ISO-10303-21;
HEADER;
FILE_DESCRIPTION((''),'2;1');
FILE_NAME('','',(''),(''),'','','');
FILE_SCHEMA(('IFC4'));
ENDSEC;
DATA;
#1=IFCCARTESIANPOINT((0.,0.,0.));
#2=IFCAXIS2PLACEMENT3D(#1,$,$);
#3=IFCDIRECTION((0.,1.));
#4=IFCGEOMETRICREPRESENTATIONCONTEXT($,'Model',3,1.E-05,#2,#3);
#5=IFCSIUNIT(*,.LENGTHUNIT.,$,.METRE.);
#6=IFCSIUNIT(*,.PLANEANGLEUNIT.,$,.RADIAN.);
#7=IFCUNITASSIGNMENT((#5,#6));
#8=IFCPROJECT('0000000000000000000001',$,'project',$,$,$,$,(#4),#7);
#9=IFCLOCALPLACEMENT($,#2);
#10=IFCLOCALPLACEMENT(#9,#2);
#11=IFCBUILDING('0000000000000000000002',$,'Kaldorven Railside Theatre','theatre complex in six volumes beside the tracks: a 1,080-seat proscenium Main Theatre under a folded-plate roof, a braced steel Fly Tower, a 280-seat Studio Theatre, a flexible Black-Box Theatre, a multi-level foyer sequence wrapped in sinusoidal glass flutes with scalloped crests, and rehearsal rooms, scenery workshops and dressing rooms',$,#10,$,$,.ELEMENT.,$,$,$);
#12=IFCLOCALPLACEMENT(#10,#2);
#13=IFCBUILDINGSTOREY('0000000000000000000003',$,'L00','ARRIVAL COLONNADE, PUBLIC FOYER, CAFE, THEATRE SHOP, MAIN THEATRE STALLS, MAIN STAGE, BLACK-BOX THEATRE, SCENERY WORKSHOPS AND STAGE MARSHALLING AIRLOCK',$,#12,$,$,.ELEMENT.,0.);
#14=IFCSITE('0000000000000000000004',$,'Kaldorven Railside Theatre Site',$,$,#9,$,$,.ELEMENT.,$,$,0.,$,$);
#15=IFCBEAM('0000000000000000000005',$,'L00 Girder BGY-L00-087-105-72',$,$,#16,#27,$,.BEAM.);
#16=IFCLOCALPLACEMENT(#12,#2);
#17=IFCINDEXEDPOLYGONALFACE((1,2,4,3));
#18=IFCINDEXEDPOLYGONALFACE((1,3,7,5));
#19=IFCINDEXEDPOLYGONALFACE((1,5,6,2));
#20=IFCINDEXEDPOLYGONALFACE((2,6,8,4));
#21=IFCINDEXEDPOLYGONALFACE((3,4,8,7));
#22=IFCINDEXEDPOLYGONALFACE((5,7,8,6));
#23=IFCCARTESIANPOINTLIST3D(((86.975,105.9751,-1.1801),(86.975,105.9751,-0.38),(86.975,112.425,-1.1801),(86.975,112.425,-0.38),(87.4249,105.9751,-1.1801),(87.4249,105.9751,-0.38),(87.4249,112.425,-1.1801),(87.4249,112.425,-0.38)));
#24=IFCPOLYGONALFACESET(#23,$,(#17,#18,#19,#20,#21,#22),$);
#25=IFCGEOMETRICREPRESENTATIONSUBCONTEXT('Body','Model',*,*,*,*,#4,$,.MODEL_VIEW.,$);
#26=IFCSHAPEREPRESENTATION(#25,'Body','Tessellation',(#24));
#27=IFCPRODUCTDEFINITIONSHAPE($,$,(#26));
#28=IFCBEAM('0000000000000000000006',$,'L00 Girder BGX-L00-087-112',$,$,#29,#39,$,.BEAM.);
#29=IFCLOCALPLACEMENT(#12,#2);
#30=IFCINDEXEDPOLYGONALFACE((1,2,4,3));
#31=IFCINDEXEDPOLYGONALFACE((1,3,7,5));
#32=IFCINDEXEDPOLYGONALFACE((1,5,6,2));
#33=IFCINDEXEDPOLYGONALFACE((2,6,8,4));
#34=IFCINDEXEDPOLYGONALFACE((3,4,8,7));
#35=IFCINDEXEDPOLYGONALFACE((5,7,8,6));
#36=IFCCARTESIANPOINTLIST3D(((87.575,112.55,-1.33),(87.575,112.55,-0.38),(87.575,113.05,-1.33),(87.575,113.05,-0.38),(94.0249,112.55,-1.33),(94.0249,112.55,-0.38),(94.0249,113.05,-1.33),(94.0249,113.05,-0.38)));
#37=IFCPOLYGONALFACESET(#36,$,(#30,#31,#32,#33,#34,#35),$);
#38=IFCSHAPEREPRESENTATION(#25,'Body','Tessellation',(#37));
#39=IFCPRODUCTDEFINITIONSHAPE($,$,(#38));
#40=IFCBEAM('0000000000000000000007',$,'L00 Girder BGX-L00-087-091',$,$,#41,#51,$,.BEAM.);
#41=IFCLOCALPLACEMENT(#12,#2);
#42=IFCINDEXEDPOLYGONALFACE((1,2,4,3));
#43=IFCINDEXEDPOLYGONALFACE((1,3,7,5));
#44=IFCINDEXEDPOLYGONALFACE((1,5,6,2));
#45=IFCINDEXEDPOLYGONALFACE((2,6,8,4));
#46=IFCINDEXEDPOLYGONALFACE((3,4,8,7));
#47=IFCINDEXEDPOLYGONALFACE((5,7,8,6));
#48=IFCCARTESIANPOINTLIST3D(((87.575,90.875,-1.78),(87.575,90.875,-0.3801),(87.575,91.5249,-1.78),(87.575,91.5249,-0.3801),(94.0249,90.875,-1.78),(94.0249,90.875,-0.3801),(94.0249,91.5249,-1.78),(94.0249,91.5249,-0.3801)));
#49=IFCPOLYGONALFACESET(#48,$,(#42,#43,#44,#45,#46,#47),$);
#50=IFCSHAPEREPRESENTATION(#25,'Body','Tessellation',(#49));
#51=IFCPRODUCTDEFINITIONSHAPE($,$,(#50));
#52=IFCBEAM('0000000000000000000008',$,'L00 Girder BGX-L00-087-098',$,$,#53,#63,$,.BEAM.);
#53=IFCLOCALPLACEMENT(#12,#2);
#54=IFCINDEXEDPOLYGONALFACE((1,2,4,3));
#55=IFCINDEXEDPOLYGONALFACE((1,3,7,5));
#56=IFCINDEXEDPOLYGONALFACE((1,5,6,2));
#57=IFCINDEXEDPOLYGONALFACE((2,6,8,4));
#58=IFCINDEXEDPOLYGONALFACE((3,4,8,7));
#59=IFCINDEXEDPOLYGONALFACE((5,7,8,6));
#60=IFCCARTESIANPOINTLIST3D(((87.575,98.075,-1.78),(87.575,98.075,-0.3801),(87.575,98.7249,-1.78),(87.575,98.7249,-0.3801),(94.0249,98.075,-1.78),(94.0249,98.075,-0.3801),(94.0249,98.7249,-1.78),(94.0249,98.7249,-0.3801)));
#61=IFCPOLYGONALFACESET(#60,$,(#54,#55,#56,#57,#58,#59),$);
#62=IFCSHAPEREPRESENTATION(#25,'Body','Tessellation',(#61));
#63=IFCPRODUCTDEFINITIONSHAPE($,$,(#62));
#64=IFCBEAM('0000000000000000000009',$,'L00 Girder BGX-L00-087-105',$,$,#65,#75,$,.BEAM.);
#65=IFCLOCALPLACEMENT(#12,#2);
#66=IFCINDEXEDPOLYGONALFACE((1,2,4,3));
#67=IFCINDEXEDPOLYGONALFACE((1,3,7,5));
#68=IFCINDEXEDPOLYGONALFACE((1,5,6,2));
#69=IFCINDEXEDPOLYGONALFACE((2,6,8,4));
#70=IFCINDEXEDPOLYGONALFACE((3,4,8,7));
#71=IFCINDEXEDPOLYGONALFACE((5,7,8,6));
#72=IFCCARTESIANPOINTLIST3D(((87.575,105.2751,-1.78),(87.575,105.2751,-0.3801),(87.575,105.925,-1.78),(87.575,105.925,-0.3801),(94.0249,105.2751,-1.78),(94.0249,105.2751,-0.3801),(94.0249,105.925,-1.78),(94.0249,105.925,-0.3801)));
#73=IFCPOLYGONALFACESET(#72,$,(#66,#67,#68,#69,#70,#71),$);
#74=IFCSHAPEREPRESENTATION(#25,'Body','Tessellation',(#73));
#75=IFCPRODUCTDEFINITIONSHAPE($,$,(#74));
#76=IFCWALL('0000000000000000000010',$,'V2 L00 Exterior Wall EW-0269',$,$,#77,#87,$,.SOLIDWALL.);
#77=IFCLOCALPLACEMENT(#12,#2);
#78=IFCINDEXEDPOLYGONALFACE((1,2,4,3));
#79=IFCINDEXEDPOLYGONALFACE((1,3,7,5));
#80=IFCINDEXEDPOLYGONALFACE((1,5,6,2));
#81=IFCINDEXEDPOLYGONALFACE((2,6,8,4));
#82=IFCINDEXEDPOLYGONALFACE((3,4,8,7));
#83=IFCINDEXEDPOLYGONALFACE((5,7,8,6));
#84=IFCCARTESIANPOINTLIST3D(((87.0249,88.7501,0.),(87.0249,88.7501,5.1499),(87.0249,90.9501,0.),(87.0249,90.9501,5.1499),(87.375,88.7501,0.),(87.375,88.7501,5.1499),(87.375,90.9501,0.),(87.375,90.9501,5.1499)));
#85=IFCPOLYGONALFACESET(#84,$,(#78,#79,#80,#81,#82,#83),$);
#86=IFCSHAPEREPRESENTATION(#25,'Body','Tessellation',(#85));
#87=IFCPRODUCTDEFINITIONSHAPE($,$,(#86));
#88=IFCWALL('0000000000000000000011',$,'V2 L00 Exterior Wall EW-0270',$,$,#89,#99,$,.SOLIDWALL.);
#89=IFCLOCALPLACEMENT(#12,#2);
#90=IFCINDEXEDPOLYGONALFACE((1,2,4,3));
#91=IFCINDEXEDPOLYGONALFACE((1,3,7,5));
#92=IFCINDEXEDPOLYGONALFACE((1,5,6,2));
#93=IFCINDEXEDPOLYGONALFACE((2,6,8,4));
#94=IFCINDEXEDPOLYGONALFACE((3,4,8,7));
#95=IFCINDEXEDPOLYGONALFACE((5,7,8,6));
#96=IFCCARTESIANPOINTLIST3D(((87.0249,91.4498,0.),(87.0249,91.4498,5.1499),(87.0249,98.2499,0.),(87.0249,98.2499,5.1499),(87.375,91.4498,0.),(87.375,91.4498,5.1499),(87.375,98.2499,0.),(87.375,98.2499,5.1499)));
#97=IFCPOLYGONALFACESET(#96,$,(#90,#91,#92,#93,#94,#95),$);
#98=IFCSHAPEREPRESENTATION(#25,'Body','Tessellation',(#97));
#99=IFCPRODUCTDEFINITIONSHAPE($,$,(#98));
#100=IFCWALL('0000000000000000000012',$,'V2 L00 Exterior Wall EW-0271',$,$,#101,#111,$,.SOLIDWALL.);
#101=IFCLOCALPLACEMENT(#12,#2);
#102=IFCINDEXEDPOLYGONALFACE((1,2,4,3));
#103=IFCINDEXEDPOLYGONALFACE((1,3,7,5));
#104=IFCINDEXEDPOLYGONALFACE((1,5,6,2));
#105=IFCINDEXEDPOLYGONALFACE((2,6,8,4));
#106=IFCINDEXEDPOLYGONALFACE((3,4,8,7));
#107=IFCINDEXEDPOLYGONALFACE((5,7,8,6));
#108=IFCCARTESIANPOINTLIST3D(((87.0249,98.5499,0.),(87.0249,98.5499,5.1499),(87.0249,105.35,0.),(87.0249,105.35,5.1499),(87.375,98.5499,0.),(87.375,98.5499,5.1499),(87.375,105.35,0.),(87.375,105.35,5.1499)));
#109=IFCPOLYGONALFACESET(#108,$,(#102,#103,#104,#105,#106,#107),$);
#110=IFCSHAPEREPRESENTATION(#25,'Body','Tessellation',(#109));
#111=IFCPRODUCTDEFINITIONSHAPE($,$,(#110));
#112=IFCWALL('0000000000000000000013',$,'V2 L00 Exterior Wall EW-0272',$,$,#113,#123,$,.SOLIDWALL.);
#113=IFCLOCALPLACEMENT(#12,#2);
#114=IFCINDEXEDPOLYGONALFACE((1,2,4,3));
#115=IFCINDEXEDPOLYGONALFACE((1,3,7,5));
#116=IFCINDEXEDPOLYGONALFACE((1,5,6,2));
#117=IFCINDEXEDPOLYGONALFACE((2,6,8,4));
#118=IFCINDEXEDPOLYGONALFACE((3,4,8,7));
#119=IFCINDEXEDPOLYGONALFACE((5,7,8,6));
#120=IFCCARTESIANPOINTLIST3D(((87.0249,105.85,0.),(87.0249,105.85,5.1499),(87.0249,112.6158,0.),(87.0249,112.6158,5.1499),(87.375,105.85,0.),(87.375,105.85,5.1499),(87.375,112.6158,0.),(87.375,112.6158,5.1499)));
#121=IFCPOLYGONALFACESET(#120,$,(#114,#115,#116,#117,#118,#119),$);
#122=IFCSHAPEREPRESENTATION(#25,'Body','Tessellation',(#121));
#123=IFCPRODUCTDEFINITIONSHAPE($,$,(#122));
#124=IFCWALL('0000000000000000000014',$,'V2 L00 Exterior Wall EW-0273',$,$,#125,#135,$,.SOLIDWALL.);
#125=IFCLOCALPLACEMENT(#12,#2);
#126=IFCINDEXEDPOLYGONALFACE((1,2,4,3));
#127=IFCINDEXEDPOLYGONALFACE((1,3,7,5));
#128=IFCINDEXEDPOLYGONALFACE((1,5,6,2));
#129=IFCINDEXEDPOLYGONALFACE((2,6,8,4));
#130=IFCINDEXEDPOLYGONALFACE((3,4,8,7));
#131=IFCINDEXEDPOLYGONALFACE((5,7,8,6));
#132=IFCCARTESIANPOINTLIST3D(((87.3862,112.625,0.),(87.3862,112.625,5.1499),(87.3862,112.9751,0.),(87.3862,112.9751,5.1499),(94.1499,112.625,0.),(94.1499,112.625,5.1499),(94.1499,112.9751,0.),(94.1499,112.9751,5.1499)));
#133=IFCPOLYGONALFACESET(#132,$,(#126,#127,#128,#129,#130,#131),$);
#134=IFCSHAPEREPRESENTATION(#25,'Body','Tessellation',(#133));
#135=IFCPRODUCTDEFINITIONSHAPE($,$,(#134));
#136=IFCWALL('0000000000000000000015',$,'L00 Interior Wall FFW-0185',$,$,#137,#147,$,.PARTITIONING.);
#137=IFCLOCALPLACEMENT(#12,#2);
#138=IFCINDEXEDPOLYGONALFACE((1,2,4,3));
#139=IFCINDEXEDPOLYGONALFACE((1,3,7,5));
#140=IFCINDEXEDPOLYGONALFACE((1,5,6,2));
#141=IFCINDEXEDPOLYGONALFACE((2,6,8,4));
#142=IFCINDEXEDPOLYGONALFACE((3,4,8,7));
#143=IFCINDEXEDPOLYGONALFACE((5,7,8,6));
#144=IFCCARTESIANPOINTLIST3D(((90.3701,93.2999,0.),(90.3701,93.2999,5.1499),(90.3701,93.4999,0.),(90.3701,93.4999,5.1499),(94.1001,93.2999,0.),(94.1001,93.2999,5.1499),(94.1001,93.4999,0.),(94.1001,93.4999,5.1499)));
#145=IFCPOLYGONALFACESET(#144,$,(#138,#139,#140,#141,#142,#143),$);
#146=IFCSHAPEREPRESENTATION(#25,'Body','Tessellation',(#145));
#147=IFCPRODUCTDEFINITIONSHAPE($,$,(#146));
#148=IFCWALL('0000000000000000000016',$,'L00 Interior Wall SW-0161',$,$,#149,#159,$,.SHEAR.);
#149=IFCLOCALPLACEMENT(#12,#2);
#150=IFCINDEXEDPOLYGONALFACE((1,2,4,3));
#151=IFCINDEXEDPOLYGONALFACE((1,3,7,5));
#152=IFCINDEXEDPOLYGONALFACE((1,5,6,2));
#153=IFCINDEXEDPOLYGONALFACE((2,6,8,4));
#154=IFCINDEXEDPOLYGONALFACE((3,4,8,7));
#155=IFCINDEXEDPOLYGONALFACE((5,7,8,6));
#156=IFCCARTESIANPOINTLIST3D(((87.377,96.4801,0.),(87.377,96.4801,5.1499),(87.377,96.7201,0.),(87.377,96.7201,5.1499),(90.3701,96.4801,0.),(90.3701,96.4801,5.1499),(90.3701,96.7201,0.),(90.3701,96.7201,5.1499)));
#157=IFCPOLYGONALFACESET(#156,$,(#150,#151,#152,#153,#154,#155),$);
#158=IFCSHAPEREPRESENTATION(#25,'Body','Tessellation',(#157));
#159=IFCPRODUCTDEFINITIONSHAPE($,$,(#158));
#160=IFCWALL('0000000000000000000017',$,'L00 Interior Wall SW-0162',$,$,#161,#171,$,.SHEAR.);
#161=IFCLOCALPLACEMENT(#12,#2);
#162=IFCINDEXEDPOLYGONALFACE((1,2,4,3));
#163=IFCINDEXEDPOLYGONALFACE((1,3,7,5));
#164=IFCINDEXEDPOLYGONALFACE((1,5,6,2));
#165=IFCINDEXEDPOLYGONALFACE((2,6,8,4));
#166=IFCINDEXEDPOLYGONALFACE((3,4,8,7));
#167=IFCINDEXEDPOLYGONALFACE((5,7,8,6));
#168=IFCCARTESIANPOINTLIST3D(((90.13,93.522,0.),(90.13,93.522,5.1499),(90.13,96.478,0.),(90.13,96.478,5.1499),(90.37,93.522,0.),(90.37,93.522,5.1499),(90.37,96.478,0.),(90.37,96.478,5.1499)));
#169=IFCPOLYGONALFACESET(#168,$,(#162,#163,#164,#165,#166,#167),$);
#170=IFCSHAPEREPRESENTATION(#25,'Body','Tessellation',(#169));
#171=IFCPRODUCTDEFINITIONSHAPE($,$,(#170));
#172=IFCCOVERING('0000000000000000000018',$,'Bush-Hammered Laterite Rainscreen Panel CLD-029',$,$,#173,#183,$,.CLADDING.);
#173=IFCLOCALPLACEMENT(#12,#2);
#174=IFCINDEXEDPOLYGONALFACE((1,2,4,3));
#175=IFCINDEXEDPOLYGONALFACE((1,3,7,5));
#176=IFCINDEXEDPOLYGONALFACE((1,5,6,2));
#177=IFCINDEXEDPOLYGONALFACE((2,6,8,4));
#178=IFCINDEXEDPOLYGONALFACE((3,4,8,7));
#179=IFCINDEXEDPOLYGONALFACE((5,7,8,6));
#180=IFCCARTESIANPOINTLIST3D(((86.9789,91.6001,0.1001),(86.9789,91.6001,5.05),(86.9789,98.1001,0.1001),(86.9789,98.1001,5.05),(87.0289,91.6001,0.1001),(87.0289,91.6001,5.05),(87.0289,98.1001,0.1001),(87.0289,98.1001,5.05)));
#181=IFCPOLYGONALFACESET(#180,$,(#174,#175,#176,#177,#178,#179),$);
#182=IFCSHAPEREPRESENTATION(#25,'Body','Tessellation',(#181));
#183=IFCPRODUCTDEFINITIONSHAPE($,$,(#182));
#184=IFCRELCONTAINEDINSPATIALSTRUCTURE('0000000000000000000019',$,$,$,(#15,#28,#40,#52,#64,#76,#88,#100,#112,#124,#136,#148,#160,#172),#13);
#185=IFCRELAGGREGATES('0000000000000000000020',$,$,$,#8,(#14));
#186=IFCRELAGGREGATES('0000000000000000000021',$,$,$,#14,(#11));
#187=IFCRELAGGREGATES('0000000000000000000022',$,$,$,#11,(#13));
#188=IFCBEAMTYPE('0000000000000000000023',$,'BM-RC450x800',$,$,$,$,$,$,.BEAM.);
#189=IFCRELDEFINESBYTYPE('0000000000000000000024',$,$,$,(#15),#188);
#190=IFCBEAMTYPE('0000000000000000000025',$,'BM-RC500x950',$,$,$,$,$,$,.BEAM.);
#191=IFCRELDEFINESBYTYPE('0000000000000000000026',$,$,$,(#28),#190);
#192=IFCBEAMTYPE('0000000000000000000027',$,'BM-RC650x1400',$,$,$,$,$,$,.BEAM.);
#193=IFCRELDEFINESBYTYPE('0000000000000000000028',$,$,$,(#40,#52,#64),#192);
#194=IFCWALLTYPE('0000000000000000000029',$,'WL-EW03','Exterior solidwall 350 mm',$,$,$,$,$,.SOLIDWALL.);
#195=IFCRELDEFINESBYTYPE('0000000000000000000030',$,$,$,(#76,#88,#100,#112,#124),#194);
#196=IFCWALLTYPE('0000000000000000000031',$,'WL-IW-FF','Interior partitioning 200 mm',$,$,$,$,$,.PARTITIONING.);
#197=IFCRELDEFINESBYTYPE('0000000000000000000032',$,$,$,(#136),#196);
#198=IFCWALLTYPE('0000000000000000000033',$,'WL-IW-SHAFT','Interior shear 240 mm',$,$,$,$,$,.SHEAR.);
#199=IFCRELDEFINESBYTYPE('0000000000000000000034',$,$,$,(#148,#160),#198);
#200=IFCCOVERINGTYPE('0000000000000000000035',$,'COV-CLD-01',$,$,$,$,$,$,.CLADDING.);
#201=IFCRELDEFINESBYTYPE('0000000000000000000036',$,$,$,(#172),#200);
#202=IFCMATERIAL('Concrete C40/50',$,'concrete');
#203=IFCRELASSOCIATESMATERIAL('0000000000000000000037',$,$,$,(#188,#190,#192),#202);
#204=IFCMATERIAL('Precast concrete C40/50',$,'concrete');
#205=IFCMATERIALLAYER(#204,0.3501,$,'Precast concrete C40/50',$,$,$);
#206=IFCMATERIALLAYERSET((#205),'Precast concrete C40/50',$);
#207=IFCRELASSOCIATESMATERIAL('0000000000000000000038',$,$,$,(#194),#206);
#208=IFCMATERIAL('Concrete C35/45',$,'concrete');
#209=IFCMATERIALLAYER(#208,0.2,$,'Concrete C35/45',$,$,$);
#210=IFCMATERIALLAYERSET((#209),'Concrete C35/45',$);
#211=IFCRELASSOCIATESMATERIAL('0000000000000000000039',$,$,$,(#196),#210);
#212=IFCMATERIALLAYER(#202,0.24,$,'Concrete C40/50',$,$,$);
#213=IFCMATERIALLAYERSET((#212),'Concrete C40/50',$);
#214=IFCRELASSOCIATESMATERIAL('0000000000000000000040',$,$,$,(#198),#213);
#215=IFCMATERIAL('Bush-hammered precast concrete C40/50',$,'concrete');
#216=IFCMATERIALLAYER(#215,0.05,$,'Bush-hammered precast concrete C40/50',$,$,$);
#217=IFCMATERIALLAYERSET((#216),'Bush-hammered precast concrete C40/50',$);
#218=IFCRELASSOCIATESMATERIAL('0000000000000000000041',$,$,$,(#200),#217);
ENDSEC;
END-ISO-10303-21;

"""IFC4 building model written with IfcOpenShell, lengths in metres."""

from ifc_helpers import new_model, si_unit, direction, frame, frame_2d, origin, origin_2d, place, context, subcontext, project, spatial, rectangle, extrude, material, layer, layer_set, material_profile, profile_set, type_object, element, save


model = new_model("IFC4")

# Units and contexts
model_context = context("Model", 3, precision=1e-05, world=origin(), true_north=direction((0.0, 1.0)))
body_context = subcontext(model_context, "Body", "Model", "MODEL_VIEW")
ifc_project = project(units=[si_unit("LENGTHUNIT", "METRE"), si_unit("PLANEANGLEUNIT", "RADIAN")], contexts=[model_context])

# Site, building, storey
site_placement = place(None, origin())
site = spatial("IfcSite", under=ifc_project, at=site_placement, Name="Kaldorven Railside Theatre Site", CompositionType="ELEMENT", RefElevation=0.0)
building_placement = place(site_placement, origin())
building = spatial("IfcBuilding", under=site, at=building_placement, Name="Kaldorven Railside Theatre", Description="theatre complex in six volumes beside the tracks: a 1,080-seat proscenium Main Theatre under a folded-plate roof, a braced steel Fly Tower, a 280-seat Studio Theatre, a flexible Black-Box Theatre, a multi-level foyer sequence wrapped in sinusoidal glass flutes with scalloped crests, and rehearsal rooms, scenery workshops and dressing rooms", CompositionType="ELEMENT")
storey_placement = place(building_placement, origin())
storey = spatial("IfcBuildingStorey", under=building, at=storey_placement, Name="L00", Description="ARRIVAL COLONNADE, PUBLIC FOYER, CAFE, THEATRE SHOP, MAIN THEATRE STALLS, MAIN STAGE, BLACK-BOX THEATRE, SCENERY WORKSHOPS AND STAGE MARSHALLING AIRLOCK", CompositionType="ELEMENT", Elevation=0.0)

# Beams
ifc_material_1 = material(Name="Concrete C40/50", Category="concrete")
ifc_material_profile_1 = material_profile(ifc_material_1, rectangle(XDim=0.45, YDim=0.8, at=origin_2d()), Name="RC 450x800")
ifc_profile_set_1 = profile_set([ifc_material_profile_1], Name="Concrete C40/50")
beam_type_1 = type_object("IfcBeamType", Name="BM-RC450x800", PredefinedType="BEAM", material=ifc_profile_set_1)
beam_1_placement = place(storey_placement, frame((87.2, 105.9751, -0.78), z_axis=(0.0, 1.0, 0.0), x_axis=(-1.0, 0.0, 0.0)))
element("IfcBeam", 1, at=beam_1_placement, inside=storey, type_object=beam_type_1, Name="L00 Girder BGY-L00-087-105-72", PredefinedType="BEAM", context=body_context, shape_type="SweptSolid", body=[
    extrude(rectangle(XDim=0.45, YDim=0.8, at=origin_2d()), origin(), (0.0, 0.0, 1.0), 6.45),
])
ifc_material_profile_2 = material_profile(ifc_material_1, rectangle(XDim=0.5, YDim=0.95, at=origin_2d()), Name="RC 500x950")
ifc_profile_set_2 = profile_set([ifc_material_profile_2], Name="Concrete C40/50")
beam_type_2 = type_object("IfcBeamType", Name="BM-RC500x950", PredefinedType="BEAM", material=ifc_profile_set_2)
beam_2_placement = place(storey_placement, frame((87.575, 112.8, -0.855), z_axis=(1.0, 0.0, 0.0), x_axis=(0.0, 1.0, 0.0)))
element("IfcBeam", 2, at=beam_2_placement, inside=storey, type_object=beam_type_2, Name="L00 Girder BGX-L00-087-112", PredefinedType="BEAM", context=body_context, shape_type="SweptSolid", body=[
    extrude(rectangle(XDim=0.5, YDim=0.95, at=origin_2d()), origin(), (0.0, 0.0, 1.0), 6.45),
])
ifc_material_profile_3 = material_profile(ifc_material_1, rectangle(XDim=0.6499, YDim=1.3999, at=origin_2d()), Name="RC 650x1400")
ifc_profile_set_3 = profile_set([ifc_material_profile_3], Name="Concrete C40/50")
beam_type_3 = type_object("IfcBeamType", Name="BM-RC650x1400", PredefinedType="BEAM", material=ifc_profile_set_3)
for number, where, z_axis, x_axis, name in (
    (3, (87.575, 91.2, -1.0801), (1.0, 0.0, 0.0), (0.0, 1.0, 0.0), "L00 Girder BGX-L00-087-091"),
    (4, (87.575, 98.3999, -1.0801), (1.0, 0.0, 0.0), (0.0, 1.0, 0.0), "L00 Girder BGX-L00-087-098"),
    (5, (87.575, 105.6001, -1.0801), (1.0, 0.0, 0.0), (0.0, 1.0, 0.0), "L00 Girder BGX-L00-087-105"),
):
    element("IfcBeam", number, at=place(storey_placement, frame(where, z_axis=z_axis, x_axis=x_axis)), inside=storey, type_object=beam_type_3, Name=name, PredefinedType="BEAM", context=body_context, shape_type="SweptSolid", body=[
        extrude(rectangle(XDim=0.6499, YDim=1.3999, at=origin_2d()), origin(), (0.0, 0.0, 1.0), 6.45),
    ])

# Walls
ifc_material_2 = material(Name="Precast concrete C40/50", Category="concrete")
ifc_layer_1 = layer(ifc_material_2, 0.3501, Name="Precast concrete C40/50")
ifc_layer_set_1 = layer_set([ifc_layer_1], Name="Precast concrete C40/50")
wall_type_1 = type_object("IfcWallType", Name="WL-EW03", Description="Exterior solidwall 350 mm", PredefinedType="SOLIDWALL", material=ifc_layer_set_1)
wall_1_placement = place(storey_placement, frame((87.2, 88.75, 0.0), z_axis=(0.0, 0.0, 1.0), x_axis=(0.0, 1.0, 0.0)))
element("IfcWall", 6, at=wall_1_placement, inside=storey, type_object=wall_type_1, Name="V2 L00 Exterior Wall EW-0269", PredefinedType="SOLIDWALL", context=body_context, shape_type="SweptSolid", body=[
    extrude(rectangle(XDim=2.2, YDim=0.3501, at=frame_2d((1.1001, 0.0))), origin(), (0.0, 0.0, 1.0), 5.1499),
])
for number, where, z_axis, x_axis, name in (
    (7, (87.2, 91.45, 0.0), (0.0, 0.0, 1.0), (0.0, 1.0, 0.0), "V2 L00 Exterior Wall EW-0270"),
    (8, (87.2, 98.55, 0.0), (0.0, 0.0, 1.0), (0.0, 1.0, 0.0), "V2 L00 Exterior Wall EW-0271"),
):
    element("IfcWall", number, at=place(storey_placement, frame(where, z_axis=z_axis, x_axis=x_axis)), inside=storey, type_object=wall_type_1, Name=name, PredefinedType="SOLIDWALL", context=body_context, shape_type="SweptSolid", body=[
        extrude(rectangle(XDim=6.8, YDim=0.3501, at=frame_2d((3.3999, 0.0))), origin(), (0.0, 0.0, 1.0), 5.1499),
    ])
wall_2_placement = place(storey_placement, frame((87.2, 105.8501, 0.0), z_axis=(0.0, 0.0, 1.0), x_axis=(0.0, 1.0, 0.0)))
element("IfcWall", 9, at=wall_2_placement, inside=storey, type_object=wall_type_1, Name="V2 L00 Exterior Wall EW-0272", PredefinedType="SOLIDWALL", context=body_context, shape_type="SweptSolid", body=[
    extrude(rectangle(XDim=6.7659, YDim=0.3501, at=frame_2d((3.3828, 0.0))), origin(), (0.0, 0.0, 1.0), 5.1499),
])
wall_3_placement = place(storey_placement, frame((87.3862, 112.8, 0.0), z_axis=(0.0, 0.0, 1.0), x_axis=(1.0, 0.0, 0.0)))
element("IfcWall", 10, at=wall_3_placement, inside=storey, type_object=wall_type_1, Name="V2 L00 Exterior Wall EW-0273", PredefinedType="SOLIDWALL", context=body_context, shape_type="SweptSolid", body=[
    extrude(rectangle(XDim=6.7637, YDim=0.3501, at=frame_2d((3.3818, 0.0))), origin(), (0.0, 0.0, 1.0), 5.1499),
])
ifc_material_3 = material(Name="Concrete C35/45", Category="concrete")
ifc_layer_2 = layer(ifc_material_3, 0.2, Name="Concrete C35/45")
ifc_layer_set_2 = layer_set([ifc_layer_2], Name="Concrete C35/45")
wall_type_2 = type_object("IfcWallType", Name="WL-IW-FF", Description="Interior partitioning 200 mm", PredefinedType="PARTITIONING", material=ifc_layer_set_2)
wall_4_placement = place(storey_placement, frame((90.3701, 93.3999, 0.0), z_axis=(0.0, 0.0, 1.0), x_axis=(1.0, 0.0, 0.0)))
element("IfcWall", 11, at=wall_4_placement, inside=storey, type_object=wall_type_2, Name="L00 Interior Wall FFW-0185", PredefinedType="PARTITIONING", context=body_context, shape_type="SweptSolid", body=[
    extrude(rectangle(XDim=3.73, YDim=0.2, at=frame_2d((1.865, 0.0))), origin(), (0.0, 0.0, 1.0), 5.1499),
])

# Shared definitions
ifc_layer_3 = layer(ifc_material_1, 0.24, Name="Concrete C40/50")
ifc_layer_set_3 = layer_set([ifc_layer_3], Name="Concrete C40/50")
wall_type_3 = type_object("IfcWallType", Name="WL-IW-SHAFT", Description="Interior shear 240 mm", PredefinedType="SHEAR", material=ifc_layer_set_3)

# Walls
wall_5_placement = place(storey_placement, frame((87.377, 96.6001, 0.0), z_axis=(0.0, 0.0, 1.0), x_axis=(1.0, 0.0, 0.0)))
element("IfcWall", 12, at=wall_5_placement, inside=storey, type_object=wall_type_3, Name="L00 Interior Wall SW-0161", PredefinedType="SHEAR", context=body_context, shape_type="SweptSolid", body=[
    extrude(rectangle(XDim=2.9932, YDim=0.24, at=frame_2d((1.4966, 0.0))), origin(), (0.0, 0.0, 1.0), 5.1499),
])
wall_6_placement = place(storey_placement, frame((90.25, 96.478, 0.0), z_axis=(0.0, 0.0, 1.0), x_axis=(0.0, -1.0, 0.0)))
element("IfcWall", 13, at=wall_6_placement, inside=storey, type_object=wall_type_3, Name="L00 Interior Wall SW-0162", PredefinedType="SHEAR", context=body_context, shape_type="SweptSolid", body=[
    extrude(rectangle(XDim=2.9561, YDim=0.24, at=frame_2d((1.478, 0.0))), origin(), (0.0, 0.0, 1.0), 5.1499),
])

# Covering
ifc_material_4 = material(Name="Bush-hammered precast concrete C40/50", Category="concrete")
ifc_layer_4 = layer(ifc_material_4, 0.05, Name="Bush-hammered precast concrete C40/50")
ifc_layer_set_4 = layer_set([ifc_layer_4], Name="Bush-hammered precast concrete C40/50")
covering_type = type_object("IfcCoveringType", Name="COV-CLD-01", PredefinedType="CLADDING", material=ifc_layer_set_4)
covering_1_placement = place(storey_placement, frame((87.0039, 94.8501, 0.1001), z_axis=(0.0, 0.0, 1.0), x_axis=(0.0, 1.0, 0.0)))
element("IfcCovering", 14, at=covering_1_placement, inside=storey, type_object=covering_type, Name="Bush-Hammered Laterite Rainscreen Panel CLD-029", PredefinedType="CLADDING", context=body_context, shape_type="SweptSolid", body=[
    extrude(rectangle(XDim=6.5, YDim=0.05, at=origin_2d()), origin(), (0.0, 0.0, 1.0), 4.95),
])

save(model, "model.ifc")
